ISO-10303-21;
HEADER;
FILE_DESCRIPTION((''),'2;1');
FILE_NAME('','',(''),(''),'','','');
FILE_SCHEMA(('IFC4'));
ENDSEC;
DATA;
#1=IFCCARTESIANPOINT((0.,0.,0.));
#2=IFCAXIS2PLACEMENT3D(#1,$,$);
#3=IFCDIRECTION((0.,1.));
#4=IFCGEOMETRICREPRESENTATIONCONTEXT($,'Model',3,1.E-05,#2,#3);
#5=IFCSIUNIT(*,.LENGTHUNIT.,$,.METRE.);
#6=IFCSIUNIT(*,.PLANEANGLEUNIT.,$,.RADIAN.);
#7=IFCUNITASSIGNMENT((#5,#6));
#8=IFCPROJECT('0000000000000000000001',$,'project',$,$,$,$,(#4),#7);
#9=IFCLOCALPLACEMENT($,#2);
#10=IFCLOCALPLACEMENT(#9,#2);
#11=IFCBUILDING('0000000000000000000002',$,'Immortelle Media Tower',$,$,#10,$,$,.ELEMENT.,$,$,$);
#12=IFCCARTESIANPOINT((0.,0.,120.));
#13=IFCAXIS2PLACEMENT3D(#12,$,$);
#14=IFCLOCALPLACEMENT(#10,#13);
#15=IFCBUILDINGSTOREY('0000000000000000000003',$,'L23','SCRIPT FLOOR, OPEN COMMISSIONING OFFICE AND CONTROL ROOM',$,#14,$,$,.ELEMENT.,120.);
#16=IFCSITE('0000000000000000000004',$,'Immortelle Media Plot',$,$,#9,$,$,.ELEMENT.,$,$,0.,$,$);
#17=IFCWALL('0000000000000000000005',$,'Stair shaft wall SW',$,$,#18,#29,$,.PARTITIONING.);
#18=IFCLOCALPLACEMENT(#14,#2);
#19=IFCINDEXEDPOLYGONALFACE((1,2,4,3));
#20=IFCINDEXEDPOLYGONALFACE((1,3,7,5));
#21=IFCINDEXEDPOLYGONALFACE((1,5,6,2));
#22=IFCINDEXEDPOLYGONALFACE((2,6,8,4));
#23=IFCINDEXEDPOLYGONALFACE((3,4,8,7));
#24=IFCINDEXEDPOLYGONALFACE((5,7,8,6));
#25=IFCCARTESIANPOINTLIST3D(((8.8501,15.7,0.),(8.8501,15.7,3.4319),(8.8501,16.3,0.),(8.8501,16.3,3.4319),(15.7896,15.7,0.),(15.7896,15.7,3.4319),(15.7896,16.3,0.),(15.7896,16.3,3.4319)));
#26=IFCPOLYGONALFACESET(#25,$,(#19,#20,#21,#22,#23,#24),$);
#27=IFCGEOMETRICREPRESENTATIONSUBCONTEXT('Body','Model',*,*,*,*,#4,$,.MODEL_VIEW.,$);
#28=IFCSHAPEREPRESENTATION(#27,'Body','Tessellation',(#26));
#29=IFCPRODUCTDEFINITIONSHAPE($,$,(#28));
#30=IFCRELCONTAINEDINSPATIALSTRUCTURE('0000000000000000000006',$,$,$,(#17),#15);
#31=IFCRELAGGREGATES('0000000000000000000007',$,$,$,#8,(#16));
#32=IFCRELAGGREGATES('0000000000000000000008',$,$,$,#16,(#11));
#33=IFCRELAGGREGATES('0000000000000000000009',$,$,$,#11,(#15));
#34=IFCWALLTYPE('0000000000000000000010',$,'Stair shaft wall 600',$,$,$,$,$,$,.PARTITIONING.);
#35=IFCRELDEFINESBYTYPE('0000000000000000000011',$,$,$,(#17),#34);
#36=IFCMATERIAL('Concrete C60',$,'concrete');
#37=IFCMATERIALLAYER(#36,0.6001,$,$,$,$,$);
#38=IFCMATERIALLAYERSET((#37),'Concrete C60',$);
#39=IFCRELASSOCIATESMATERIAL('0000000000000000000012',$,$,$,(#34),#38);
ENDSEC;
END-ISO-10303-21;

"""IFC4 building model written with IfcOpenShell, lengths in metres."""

from ifc_helpers import new_model, si_unit, direction, frame, frame_2d, origin, place, context, subcontext, project, spatial, rectangle, extrude, material, layer, layer_set, type_object, element, save


model = new_model("IFC4")

# Units and contexts
model_context = context("Model", 3, precision=1e-05, world=origin(), true_north=direction((0.0, 1.0)))
body_context = subcontext(model_context, "Body", "Model", "MODEL_VIEW")
ifc_project = project(units=[si_unit("LENGTHUNIT", "METRE"), si_unit("PLANEANGLEUNIT", "RADIAN")], contexts=[model_context])

# Site, building, storey
site_placement = place(None, origin())
site = spatial("IfcSite", under=ifc_project, at=site_placement, Name="Immortelle Media Plot", CompositionType="ELEMENT", RefElevation=0.0)
building_placement = place(site_placement, origin())
building = spatial("IfcBuilding", under=site, at=building_placement, Name="Immortelle Media Tower", CompositionType="ELEMENT")
storey_placement = place(building_placement, frame((0.0, 0.0, 120.0)))
storey = spatial("IfcBuildingStorey", under=building, at=storey_placement, Name="L23", Description="SCRIPT FLOOR, OPEN COMMISSIONING OFFICE AND CONTROL ROOM", CompositionType="ELEMENT", Elevation=120.0)

# Wall
ifc_material_1 = material(Name="Concrete C60", Category="concrete")
ifc_layer_1 = layer(ifc_material_1, 0.6001)
ifc_layer_set_1 = layer_set([ifc_layer_1], Name="Concrete C60")
wall_type_1 = type_object("IfcWallType", Name="Stair shaft wall 600", PredefinedType="PARTITIONING", material=ifc_layer_set_1)
wall_1_placement = place(storey_placement, frame((8.8501, 16.0, 0.0), z_axis=(0.0, 0.0, 1.0), x_axis=(1.0, 0.0, 0.0)))
element("IfcWall", 1, at=wall_1_placement, inside=storey, type_object=wall_type_1, Name="Stair shaft wall SW", PredefinedType="PARTITIONING", context=body_context, shape_type="SweptSolid", body=[
    extrude(rectangle(XDim=6.9395, YDim=0.6001, at=frame_2d((3.4697, 0.0))), origin(), (0.0, 0.0, 1.0), 3.4319),
])

save(model, "model.ifc")
